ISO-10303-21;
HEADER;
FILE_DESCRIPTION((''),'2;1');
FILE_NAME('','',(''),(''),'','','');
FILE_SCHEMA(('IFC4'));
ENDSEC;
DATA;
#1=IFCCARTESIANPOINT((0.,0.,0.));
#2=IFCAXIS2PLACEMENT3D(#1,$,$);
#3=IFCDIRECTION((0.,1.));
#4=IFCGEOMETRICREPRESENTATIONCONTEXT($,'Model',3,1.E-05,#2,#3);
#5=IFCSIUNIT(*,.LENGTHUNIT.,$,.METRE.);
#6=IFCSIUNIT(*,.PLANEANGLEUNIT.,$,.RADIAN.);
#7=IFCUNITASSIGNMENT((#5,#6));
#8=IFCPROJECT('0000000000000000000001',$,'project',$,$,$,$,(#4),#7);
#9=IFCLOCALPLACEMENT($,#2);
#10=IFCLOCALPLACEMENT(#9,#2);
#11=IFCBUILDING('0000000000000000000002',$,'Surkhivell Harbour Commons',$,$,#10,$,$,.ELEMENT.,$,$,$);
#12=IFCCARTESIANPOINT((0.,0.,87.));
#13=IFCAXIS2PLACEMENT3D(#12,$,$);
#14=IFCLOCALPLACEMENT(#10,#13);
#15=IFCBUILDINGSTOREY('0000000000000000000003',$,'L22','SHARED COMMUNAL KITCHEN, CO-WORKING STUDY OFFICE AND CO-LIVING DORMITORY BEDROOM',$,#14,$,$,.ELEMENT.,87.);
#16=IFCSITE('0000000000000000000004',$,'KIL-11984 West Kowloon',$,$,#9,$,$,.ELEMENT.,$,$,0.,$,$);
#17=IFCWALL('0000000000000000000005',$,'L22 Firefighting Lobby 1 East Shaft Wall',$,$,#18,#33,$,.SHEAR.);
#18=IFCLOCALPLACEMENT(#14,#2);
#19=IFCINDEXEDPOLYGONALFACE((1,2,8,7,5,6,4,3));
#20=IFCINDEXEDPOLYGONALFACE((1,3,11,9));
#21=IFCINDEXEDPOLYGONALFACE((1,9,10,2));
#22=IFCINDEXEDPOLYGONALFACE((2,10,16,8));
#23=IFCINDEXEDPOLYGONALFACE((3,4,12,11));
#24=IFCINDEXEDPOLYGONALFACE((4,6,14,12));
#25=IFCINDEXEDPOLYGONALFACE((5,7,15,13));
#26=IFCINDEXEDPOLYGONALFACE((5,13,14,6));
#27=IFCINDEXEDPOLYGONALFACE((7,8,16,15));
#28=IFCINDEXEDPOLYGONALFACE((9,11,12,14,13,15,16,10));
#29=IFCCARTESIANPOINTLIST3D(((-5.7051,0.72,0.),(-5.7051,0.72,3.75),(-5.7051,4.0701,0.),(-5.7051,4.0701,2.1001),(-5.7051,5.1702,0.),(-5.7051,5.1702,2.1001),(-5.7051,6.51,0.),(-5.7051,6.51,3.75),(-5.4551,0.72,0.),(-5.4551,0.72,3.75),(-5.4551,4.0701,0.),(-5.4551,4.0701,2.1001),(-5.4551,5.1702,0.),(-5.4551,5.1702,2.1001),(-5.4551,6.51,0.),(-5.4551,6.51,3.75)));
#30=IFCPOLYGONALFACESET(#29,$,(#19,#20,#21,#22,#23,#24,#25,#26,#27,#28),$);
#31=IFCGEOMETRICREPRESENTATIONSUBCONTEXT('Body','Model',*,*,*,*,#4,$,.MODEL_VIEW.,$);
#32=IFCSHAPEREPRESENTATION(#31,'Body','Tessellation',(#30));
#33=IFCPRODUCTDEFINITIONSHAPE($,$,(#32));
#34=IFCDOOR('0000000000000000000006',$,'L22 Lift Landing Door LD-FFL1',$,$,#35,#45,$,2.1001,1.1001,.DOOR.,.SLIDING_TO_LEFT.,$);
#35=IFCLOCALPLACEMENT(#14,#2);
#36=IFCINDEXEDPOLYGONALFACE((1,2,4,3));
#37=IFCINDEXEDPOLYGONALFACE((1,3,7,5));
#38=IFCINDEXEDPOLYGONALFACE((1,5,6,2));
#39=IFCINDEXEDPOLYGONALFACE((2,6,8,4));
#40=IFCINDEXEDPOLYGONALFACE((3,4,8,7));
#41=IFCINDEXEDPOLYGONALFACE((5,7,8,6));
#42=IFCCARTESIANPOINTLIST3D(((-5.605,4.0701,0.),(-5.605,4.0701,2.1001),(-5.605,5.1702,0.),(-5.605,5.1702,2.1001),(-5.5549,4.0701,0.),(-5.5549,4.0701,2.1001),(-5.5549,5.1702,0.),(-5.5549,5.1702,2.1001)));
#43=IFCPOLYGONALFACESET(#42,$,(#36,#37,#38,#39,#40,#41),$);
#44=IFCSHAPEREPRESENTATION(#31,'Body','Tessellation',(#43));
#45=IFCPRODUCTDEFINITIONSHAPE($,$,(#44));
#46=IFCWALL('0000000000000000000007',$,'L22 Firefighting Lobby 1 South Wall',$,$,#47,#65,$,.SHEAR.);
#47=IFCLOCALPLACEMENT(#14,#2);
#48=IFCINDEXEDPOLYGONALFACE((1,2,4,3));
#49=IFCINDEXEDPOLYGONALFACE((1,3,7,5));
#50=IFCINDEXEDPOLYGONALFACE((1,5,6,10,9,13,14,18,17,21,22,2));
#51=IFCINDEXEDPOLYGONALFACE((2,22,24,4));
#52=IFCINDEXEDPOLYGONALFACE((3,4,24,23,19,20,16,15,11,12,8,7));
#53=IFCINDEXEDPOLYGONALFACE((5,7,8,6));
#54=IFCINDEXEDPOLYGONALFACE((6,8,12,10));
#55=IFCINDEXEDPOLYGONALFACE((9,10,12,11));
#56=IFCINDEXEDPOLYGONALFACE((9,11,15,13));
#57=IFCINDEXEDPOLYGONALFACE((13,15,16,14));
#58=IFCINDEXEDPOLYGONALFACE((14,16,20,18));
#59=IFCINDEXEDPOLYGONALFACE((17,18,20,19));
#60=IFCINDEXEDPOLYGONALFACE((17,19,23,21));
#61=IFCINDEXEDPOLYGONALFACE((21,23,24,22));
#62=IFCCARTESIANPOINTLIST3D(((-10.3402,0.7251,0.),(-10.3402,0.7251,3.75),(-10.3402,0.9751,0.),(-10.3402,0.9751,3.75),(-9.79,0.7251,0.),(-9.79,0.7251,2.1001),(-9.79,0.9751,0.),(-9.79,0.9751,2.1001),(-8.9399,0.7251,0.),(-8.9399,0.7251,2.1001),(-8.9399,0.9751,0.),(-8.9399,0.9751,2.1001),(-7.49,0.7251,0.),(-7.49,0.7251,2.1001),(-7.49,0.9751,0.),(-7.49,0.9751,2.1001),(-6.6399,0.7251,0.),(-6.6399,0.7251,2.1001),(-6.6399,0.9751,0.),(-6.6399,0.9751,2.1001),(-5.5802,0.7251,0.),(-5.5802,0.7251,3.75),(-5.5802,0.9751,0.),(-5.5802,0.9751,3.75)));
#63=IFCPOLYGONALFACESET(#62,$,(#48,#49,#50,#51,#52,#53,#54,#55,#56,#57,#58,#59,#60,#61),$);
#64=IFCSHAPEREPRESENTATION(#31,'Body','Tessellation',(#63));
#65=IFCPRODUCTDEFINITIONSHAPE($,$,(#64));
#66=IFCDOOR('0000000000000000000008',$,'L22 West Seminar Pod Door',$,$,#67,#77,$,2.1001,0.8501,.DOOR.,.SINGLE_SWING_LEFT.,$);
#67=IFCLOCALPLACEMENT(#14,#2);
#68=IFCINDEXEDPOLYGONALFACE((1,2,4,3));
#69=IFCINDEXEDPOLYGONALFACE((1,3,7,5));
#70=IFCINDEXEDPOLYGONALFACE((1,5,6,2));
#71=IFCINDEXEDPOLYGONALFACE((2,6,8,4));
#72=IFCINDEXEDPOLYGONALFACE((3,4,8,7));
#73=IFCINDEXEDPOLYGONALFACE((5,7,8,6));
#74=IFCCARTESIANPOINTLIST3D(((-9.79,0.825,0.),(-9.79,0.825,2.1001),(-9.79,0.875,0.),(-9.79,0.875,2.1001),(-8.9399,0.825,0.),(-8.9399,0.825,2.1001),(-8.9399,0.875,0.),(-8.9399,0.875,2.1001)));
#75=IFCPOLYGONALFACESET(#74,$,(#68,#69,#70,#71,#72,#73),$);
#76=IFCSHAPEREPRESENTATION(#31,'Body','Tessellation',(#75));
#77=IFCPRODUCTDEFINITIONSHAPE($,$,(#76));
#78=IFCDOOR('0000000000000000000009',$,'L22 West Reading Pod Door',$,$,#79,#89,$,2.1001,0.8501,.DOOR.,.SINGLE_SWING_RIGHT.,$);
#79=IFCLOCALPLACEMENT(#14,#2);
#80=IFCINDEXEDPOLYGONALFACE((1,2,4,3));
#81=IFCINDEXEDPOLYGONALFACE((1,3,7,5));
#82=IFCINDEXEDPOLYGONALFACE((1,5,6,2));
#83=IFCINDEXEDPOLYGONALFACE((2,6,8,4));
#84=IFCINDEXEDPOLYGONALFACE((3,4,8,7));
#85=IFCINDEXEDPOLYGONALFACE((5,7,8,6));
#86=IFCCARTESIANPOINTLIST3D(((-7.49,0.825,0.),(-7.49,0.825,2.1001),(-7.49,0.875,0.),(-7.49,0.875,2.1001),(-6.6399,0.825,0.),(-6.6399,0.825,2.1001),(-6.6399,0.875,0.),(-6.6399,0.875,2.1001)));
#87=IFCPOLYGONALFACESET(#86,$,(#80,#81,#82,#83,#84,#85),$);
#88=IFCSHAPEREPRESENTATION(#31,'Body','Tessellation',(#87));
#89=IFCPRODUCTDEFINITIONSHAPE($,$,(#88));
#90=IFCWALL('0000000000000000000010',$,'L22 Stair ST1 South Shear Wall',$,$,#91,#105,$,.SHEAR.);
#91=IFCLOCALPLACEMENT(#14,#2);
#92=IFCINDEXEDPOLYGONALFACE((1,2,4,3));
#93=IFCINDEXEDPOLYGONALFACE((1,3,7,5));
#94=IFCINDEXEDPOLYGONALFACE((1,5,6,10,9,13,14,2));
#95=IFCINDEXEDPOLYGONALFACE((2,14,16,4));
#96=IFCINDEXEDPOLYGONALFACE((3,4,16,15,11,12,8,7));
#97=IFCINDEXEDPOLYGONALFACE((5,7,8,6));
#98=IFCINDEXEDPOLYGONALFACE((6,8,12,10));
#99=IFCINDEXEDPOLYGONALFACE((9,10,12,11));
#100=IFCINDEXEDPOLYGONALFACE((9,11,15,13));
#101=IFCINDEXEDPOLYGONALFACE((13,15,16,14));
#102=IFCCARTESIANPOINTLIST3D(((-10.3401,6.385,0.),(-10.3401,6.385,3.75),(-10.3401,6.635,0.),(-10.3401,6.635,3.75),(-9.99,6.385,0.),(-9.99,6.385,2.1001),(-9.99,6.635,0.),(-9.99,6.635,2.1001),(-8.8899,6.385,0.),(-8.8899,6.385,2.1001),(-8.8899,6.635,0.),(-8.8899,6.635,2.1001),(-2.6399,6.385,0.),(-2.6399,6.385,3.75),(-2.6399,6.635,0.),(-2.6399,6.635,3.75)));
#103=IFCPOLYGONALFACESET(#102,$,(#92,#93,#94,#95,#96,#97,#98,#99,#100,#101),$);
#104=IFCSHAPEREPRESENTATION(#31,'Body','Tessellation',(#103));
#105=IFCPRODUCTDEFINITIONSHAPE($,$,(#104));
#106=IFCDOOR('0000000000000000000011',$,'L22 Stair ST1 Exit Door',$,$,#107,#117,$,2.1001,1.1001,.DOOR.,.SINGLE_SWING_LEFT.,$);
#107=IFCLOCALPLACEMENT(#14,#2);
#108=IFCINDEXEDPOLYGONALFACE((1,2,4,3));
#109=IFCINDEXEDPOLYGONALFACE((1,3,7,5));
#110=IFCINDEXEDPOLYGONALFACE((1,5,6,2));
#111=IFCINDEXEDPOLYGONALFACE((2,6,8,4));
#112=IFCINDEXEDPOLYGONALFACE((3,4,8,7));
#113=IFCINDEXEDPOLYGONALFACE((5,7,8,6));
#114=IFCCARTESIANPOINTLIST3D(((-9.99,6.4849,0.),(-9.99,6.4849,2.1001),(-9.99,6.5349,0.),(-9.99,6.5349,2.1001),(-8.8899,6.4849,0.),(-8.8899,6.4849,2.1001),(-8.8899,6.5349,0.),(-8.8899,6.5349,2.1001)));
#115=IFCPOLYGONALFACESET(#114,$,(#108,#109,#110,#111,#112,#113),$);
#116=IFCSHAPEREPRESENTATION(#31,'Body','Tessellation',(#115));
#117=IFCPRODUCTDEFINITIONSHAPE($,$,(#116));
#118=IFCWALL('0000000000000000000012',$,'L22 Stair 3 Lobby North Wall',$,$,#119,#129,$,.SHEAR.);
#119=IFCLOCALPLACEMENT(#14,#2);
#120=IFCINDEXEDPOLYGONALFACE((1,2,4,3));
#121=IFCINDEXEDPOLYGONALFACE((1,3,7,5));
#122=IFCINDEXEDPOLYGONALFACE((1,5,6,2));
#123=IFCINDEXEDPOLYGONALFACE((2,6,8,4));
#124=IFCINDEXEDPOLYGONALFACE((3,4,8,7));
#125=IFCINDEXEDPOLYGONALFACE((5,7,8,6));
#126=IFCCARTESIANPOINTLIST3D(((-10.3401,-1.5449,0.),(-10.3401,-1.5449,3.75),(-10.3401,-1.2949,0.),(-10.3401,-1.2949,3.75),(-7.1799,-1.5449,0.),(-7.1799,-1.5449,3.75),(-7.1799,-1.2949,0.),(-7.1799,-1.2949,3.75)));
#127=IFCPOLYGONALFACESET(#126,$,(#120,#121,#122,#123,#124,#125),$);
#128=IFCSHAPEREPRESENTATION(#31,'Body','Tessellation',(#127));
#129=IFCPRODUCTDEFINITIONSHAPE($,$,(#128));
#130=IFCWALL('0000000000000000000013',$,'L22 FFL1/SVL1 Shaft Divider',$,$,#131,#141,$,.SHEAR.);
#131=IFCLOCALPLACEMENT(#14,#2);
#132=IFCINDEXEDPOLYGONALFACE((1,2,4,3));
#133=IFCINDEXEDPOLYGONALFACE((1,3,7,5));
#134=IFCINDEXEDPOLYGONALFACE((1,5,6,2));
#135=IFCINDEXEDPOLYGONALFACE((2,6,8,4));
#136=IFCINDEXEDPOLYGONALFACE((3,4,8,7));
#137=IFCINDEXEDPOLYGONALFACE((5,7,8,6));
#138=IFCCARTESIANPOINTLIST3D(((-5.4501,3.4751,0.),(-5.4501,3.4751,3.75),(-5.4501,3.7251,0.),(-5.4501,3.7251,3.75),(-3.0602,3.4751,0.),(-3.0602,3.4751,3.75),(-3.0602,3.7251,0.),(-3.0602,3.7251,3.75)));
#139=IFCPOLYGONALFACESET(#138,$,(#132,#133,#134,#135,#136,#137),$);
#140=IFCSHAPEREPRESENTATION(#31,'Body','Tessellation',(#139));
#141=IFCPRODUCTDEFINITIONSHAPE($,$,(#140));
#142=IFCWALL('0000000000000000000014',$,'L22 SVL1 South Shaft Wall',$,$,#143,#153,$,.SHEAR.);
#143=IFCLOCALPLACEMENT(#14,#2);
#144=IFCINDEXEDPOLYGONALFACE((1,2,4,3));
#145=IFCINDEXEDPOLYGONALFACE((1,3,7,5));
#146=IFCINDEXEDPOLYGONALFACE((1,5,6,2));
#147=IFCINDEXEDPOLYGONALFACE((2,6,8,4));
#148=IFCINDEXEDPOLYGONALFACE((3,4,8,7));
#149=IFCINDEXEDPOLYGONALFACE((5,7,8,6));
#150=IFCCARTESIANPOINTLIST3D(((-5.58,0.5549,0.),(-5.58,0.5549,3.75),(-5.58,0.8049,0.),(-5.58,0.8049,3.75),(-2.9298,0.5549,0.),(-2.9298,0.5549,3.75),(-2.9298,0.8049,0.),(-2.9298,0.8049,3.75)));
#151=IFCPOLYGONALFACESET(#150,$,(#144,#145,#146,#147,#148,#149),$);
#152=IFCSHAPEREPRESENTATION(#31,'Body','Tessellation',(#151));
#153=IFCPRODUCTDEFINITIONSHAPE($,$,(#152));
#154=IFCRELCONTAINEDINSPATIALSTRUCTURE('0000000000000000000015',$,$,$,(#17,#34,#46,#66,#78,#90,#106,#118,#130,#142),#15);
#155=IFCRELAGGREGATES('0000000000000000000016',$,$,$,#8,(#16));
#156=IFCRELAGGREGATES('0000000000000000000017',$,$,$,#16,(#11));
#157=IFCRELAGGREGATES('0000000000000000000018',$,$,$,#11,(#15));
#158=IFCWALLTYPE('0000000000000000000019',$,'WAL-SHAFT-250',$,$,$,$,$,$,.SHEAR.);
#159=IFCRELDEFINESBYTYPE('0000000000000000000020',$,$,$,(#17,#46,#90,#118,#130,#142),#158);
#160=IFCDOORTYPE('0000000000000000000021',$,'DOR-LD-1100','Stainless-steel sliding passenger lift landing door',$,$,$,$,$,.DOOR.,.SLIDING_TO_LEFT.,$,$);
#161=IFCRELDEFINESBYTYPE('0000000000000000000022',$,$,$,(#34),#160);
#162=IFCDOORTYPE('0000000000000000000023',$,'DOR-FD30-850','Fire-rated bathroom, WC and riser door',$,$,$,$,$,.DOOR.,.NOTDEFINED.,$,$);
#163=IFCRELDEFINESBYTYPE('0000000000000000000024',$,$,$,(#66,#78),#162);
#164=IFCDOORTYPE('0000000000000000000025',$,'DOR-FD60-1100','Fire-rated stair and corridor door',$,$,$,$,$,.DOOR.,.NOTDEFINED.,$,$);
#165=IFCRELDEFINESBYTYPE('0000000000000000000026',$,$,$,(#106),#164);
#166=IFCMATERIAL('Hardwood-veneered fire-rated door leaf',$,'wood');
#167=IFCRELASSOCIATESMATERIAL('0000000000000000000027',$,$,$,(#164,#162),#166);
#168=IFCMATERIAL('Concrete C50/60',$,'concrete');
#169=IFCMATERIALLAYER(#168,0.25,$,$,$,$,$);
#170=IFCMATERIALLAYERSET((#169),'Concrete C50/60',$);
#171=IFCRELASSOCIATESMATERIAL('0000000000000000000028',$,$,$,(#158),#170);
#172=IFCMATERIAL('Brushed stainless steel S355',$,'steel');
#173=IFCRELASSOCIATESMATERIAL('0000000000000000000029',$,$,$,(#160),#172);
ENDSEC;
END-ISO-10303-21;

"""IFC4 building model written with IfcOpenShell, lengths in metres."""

from ifc_helpers import new_model, si_unit, direction, frame, frame_2d, origin, place, context, subcontext, project, spatial, rectangle, extrude, material, layer, layer_set, type_object, element, fill, save


model = new_model("IFC4")

# Units and contexts
model_context = context("Model", 3, precision=1e-05, world=origin(), true_north=direction((0.0, 1.0)))
body_context = subcontext(model_context, "Body", "Model", "MODEL_VIEW")
ifc_project = project(units=[si_unit("LENGTHUNIT", "METRE"), si_unit("PLANEANGLEUNIT", "RADIAN")], contexts=[model_context])

# Site, building, storey
site_placement = place(None, origin())
site = spatial("IfcSite", under=ifc_project, at=site_placement, Name="KIL-11984 West Kowloon", CompositionType="ELEMENT", RefElevation=0.0)
building_placement = place(site_placement, origin())
building = spatial("IfcBuilding", under=site, at=building_placement, Name="Surkhivell Harbour Commons", CompositionType="ELEMENT")
storey_placement = place(building_placement, frame((0.0, 0.0, 87.0)))
storey = spatial("IfcBuildingStorey", under=building, at=storey_placement, Name="L22", Description="SHARED COMMUNAL KITCHEN, CO-WORKING STUDY OFFICE AND CO-LIVING DORMITORY BEDROOM", CompositionType="ELEMENT", Elevation=87.0)

# Shared definitions
ifc_material_1 = material(Name="Hardwood-veneered fire-rated door leaf", Category="wood")
door_type_1 = type_object("IfcDoorType", Name="DOR-FD60-1100", Description="Fire-rated stair and corridor door", OperationType="NOTDEFINED", PredefinedType="DOOR", material=ifc_material_1)

# Wall, opening, door
ifc_material_2 = material(Name="Concrete C50/60", Category="concrete")
ifc_layer_1 = layer(ifc_material_2, 0.25)
ifc_layer_set_1 = layer_set([ifc_layer_1], Name="Concrete C50/60")
wall_type_1 = type_object("IfcWallType", Name="WAL-SHAFT-250", PredefinedType="SHEAR", material=ifc_layer_set_1)
wall_1_placement = place(storey_placement, frame((-5.5801, 0.72, 0.0), z_axis=(0.0, 0.0, 1.0), x_axis=(0.0, 1.0, 0.0)))
wall_1 = element("IfcWall", 1, at=wall_1_placement, inside=storey, type_object=wall_type_1, Name="L22 Firefighting Lobby 1 East Shaft Wall", PredefinedType="SHEAR", context=body_context, shape_type="SweptSolid", body=[
    extrude(rectangle(XDim=5.79, YDim=0.25, at=frame_2d((2.895, 0.0))), origin(), (0.0, 0.0, 1.0), 3.75),
])
opening_1_placement = place(wall_1_placement, frame((3.3501, 0.0, 0.0)))
opening_1 = element("IfcOpeningElement", 2, at=opening_1_placement, cuts=wall_1, PredefinedType="OPENING", context=body_context, shape_type="SweptSolid", body=[
    extrude(rectangle(XDim=1.1001, YDim=2.1001, at=frame_2d((0.55, 1.05))), frame((0.0, 0.135, 0.0), z_axis=(0.0, -1.0, 0.0), x_axis=(1.0, 0.0, 0.0)), (0.0, 0.0, 1.0), 0.27),
])
ifc_material_3 = material(Name="Brushed stainless steel S355", Category="steel")
door_type_2 = type_object("IfcDoorType", Name="DOR-LD-1100", Description="Stainless-steel sliding passenger lift landing door", OperationType="SLIDING_TO_LEFT", PredefinedType="DOOR", material=ifc_material_3)
door_1_placement = place(opening_1_placement, origin())
door_1 = element("IfcDoor", 3, at=door_1_placement, inside=storey, type_object=door_type_2, Name="L22 Lift Landing Door LD-FFL1", OperationType="SLIDING_TO_LEFT", OverallHeight=2.1001, OverallWidth=1.1001, PredefinedType="DOOR", context=body_context, shape_type="SweptSolid", body=[
    extrude(rectangle(XDim=1.1001, YDim=2.1001, at=frame_2d((0.55, 1.05))), frame((0.0, 0.0249, 0.0), z_axis=(0.0, -1.0, 0.0), x_axis=(1.0, 0.0, 0.0)), (0.0, 0.0, 1.0), 0.05),
])
fill(opening_1, door_1)

# Wall, openings, doors
wall_2_placement = place(storey_placement, frame((-10.3401, 0.8501, 0.0), z_axis=(0.0, 0.0, 1.0), x_axis=(1.0, 0.0, 0.0)))
wall_2 = element("IfcWall", 4, at=wall_2_placement, inside=storey, type_object=wall_type_1, Name="L22 Firefighting Lobby 1 South Wall", PredefinedType="SHEAR", context=body_context, shape_type="SweptSolid", body=[
    extrude(rectangle(XDim=4.76, YDim=0.25, at=frame_2d((2.3799, 0.0))), origin(), (0.0, 0.0, 1.0), 3.75),
])
opening_2_placement = place(wall_2_placement, frame((0.55, 0.0, 0.0)))
opening_2 = element("IfcOpeningElement", 5, at=opening_2_placement, cuts=wall_2, PredefinedType="OPENING", context=body_context, shape_type="SweptSolid", body=[
    extrude(rectangle(XDim=0.8501, YDim=2.1001, at=frame_2d((0.425, 1.05))), frame((0.0, 0.135, 0.0), z_axis=(0.0, -1.0, 0.0), x_axis=(1.0, 0.0, 0.0)), (0.0, 0.0, 1.0), 0.27),
])
opening_3_placement = place(wall_2_placement, frame((2.8501, 0.0, 0.0)))
opening_3 = element("IfcOpeningElement", 6, at=opening_3_placement, cuts=wall_2, PredefinedType="OPENING", context=body_context, shape_type="SweptSolid", body=[
    extrude(rectangle(XDim=0.8501, YDim=2.1001, at=frame_2d((0.425, 1.05))), frame((0.0, 0.135, 0.0), z_axis=(0.0, -1.0, 0.0), x_axis=(1.0, 0.0, 0.0)), (0.0, 0.0, 1.0), 0.27),
])
door_type_3 = type_object("IfcDoorType", Name="DOR-FD30-850", Description="Fire-rated bathroom, WC and riser door", OperationType="NOTDEFINED", PredefinedType="DOOR", material=ifc_material_1)
door_2_placement = place(opening_2_placement, origin())
door_2 = element("IfcDoor", 7, at=door_2_placement, inside=storey, type_object=door_type_3, Name="L22 West Seminar Pod Door", OperationType="SINGLE_SWING_LEFT", OverallHeight=2.1001, OverallWidth=0.8501, PredefinedType="DOOR", context=body_context, shape_type="SweptSolid", body=[
    extrude(rectangle(XDim=0.8501, YDim=2.1001, at=frame_2d((0.425, 1.05))), frame((0.0, 0.0249, 0.0), z_axis=(0.0, -1.0, 0.0), x_axis=(1.0, 0.0, 0.0)), (0.0, 0.0, 1.0), 0.05),
])
fill(opening_2, door_2)
door_3_placement = place(opening_3_placement, origin())
door_3 = element("IfcDoor", 8, at=door_3_placement, inside=storey, type_object=door_type_3, Name="L22 West Reading Pod Door", OperationType="SINGLE_SWING_RIGHT", OverallHeight=2.1001, OverallWidth=0.8501, PredefinedType="DOOR", context=body_context, shape_type="SweptSolid", body=[
    extrude(rectangle(XDim=0.8501, YDim=2.1001, at=frame_2d((0.425, 1.05))), frame((0.0, 0.0249, 0.0), z_axis=(0.0, -1.0, 0.0), x_axis=(1.0, 0.0, 0.0)), (0.0, 0.0, 1.0), 0.05),
])
fill(opening_3, door_3)

# Wall, opening, door
wall_3_placement = place(storey_placement, frame((-10.3401, 6.51, 0.0), z_axis=(0.0, 0.0, 1.0), x_axis=(1.0, 0.0, 0.0)))
wall_3 = element("IfcWall", 9, at=wall_3_placement, inside=storey, type_object=wall_type_1, Name="L22 Stair ST1 South Shear Wall", PredefinedType="SHEAR", context=body_context, shape_type="SweptSolid", body=[
    extrude(rectangle(XDim=7.7002, YDim=0.25, at=frame_2d((3.8501, 0.0))), origin(), (0.0, 0.0, 1.0), 3.75),
])
opening_4_placement = place(wall_3_placement, frame((0.3501, 0.0, 0.0)))
opening_4 = element("IfcOpeningElement", 10, at=opening_4_placement, cuts=wall_3, PredefinedType="OPENING", context=body_context, shape_type="SweptSolid", body=[
    extrude(rectangle(XDim=1.1001, YDim=2.1001, at=frame_2d((0.55, 1.05))), frame((0.0, 0.135, 0.0), z_axis=(0.0, -1.0, 0.0), x_axis=(1.0, 0.0, 0.0)), (0.0, 0.0, 1.0), 0.27),
])
door_4_placement = place(opening_4_placement, origin())
door_4 = element("IfcDoor", 11, at=door_4_placement, inside=storey, type_object=door_type_1, Name="L22 Stair ST1 Exit Door", OperationType="SINGLE_SWING_LEFT", OverallHeight=2.1001, OverallWidth=1.1001, PredefinedType="DOOR", context=body_context, shape_type="SweptSolid", body=[
    extrude(rectangle(XDim=1.1001, YDim=2.1001, at=frame_2d((0.55, 1.05))), frame((0.0, 0.0249, 0.0), z_axis=(0.0, -1.0, 0.0), x_axis=(1.0, 0.0, 0.0)), (0.0, 0.0, 1.0), 0.05),
])
fill(opening_4, door_4)

# Walls
wall_4_placement = place(storey_placement, frame((-10.3401, -1.4199, 0.0), z_axis=(0.0, 0.0, 1.0), x_axis=(1.0, 0.0, 0.0)))
element("IfcWall", 12, at=wall_4_placement, inside=storey, type_object=wall_type_1, Name="L22 Stair 3 Lobby North Wall", PredefinedType="SHEAR", context=body_context, shape_type="SweptSolid", body=[
    extrude(rectangle(XDim=3.1602, YDim=0.25, at=frame_2d((1.5801, 0.0))), origin(), (0.0, 0.0, 1.0), 3.75),
])
wall_5_placement = place(storey_placement, frame((-5.45, 3.6001, 0.0), z_axis=(0.0, 0.0, 1.0), x_axis=(1.0, 0.0, 0.0)))
element("IfcWall", 13, at=wall_5_placement, inside=storey, type_object=wall_type_1, Name="L22 FFL1/SVL1 Shaft Divider", PredefinedType="SHEAR", context=body_context, shape_type="SweptSolid", body=[
    extrude(rectangle(XDim=2.3899, YDim=0.25, at=frame_2d((1.1948, 0.0))), origin(), (0.0, 0.0, 1.0), 3.75),
])
wall_6_placement = place(storey_placement, frame((-5.5801, 0.6799, 0.0), z_axis=(0.0, 0.0, 1.0), x_axis=(1.0, 0.0, 0.0)))
element("IfcWall", 14, at=wall_6_placement, inside=storey, type_object=wall_type_1, Name="L22 SVL1 South Shaft Wall", PredefinedType="SHEAR", context=body_context, shape_type="SweptSolid", body=[
    extrude(rectangle(XDim=2.6501, YDim=0.25, at=frame_2d((1.3252, 0.0))), origin(), (0.0, 0.0, 1.0), 3.75),
])

save(model, "model.ifc")
